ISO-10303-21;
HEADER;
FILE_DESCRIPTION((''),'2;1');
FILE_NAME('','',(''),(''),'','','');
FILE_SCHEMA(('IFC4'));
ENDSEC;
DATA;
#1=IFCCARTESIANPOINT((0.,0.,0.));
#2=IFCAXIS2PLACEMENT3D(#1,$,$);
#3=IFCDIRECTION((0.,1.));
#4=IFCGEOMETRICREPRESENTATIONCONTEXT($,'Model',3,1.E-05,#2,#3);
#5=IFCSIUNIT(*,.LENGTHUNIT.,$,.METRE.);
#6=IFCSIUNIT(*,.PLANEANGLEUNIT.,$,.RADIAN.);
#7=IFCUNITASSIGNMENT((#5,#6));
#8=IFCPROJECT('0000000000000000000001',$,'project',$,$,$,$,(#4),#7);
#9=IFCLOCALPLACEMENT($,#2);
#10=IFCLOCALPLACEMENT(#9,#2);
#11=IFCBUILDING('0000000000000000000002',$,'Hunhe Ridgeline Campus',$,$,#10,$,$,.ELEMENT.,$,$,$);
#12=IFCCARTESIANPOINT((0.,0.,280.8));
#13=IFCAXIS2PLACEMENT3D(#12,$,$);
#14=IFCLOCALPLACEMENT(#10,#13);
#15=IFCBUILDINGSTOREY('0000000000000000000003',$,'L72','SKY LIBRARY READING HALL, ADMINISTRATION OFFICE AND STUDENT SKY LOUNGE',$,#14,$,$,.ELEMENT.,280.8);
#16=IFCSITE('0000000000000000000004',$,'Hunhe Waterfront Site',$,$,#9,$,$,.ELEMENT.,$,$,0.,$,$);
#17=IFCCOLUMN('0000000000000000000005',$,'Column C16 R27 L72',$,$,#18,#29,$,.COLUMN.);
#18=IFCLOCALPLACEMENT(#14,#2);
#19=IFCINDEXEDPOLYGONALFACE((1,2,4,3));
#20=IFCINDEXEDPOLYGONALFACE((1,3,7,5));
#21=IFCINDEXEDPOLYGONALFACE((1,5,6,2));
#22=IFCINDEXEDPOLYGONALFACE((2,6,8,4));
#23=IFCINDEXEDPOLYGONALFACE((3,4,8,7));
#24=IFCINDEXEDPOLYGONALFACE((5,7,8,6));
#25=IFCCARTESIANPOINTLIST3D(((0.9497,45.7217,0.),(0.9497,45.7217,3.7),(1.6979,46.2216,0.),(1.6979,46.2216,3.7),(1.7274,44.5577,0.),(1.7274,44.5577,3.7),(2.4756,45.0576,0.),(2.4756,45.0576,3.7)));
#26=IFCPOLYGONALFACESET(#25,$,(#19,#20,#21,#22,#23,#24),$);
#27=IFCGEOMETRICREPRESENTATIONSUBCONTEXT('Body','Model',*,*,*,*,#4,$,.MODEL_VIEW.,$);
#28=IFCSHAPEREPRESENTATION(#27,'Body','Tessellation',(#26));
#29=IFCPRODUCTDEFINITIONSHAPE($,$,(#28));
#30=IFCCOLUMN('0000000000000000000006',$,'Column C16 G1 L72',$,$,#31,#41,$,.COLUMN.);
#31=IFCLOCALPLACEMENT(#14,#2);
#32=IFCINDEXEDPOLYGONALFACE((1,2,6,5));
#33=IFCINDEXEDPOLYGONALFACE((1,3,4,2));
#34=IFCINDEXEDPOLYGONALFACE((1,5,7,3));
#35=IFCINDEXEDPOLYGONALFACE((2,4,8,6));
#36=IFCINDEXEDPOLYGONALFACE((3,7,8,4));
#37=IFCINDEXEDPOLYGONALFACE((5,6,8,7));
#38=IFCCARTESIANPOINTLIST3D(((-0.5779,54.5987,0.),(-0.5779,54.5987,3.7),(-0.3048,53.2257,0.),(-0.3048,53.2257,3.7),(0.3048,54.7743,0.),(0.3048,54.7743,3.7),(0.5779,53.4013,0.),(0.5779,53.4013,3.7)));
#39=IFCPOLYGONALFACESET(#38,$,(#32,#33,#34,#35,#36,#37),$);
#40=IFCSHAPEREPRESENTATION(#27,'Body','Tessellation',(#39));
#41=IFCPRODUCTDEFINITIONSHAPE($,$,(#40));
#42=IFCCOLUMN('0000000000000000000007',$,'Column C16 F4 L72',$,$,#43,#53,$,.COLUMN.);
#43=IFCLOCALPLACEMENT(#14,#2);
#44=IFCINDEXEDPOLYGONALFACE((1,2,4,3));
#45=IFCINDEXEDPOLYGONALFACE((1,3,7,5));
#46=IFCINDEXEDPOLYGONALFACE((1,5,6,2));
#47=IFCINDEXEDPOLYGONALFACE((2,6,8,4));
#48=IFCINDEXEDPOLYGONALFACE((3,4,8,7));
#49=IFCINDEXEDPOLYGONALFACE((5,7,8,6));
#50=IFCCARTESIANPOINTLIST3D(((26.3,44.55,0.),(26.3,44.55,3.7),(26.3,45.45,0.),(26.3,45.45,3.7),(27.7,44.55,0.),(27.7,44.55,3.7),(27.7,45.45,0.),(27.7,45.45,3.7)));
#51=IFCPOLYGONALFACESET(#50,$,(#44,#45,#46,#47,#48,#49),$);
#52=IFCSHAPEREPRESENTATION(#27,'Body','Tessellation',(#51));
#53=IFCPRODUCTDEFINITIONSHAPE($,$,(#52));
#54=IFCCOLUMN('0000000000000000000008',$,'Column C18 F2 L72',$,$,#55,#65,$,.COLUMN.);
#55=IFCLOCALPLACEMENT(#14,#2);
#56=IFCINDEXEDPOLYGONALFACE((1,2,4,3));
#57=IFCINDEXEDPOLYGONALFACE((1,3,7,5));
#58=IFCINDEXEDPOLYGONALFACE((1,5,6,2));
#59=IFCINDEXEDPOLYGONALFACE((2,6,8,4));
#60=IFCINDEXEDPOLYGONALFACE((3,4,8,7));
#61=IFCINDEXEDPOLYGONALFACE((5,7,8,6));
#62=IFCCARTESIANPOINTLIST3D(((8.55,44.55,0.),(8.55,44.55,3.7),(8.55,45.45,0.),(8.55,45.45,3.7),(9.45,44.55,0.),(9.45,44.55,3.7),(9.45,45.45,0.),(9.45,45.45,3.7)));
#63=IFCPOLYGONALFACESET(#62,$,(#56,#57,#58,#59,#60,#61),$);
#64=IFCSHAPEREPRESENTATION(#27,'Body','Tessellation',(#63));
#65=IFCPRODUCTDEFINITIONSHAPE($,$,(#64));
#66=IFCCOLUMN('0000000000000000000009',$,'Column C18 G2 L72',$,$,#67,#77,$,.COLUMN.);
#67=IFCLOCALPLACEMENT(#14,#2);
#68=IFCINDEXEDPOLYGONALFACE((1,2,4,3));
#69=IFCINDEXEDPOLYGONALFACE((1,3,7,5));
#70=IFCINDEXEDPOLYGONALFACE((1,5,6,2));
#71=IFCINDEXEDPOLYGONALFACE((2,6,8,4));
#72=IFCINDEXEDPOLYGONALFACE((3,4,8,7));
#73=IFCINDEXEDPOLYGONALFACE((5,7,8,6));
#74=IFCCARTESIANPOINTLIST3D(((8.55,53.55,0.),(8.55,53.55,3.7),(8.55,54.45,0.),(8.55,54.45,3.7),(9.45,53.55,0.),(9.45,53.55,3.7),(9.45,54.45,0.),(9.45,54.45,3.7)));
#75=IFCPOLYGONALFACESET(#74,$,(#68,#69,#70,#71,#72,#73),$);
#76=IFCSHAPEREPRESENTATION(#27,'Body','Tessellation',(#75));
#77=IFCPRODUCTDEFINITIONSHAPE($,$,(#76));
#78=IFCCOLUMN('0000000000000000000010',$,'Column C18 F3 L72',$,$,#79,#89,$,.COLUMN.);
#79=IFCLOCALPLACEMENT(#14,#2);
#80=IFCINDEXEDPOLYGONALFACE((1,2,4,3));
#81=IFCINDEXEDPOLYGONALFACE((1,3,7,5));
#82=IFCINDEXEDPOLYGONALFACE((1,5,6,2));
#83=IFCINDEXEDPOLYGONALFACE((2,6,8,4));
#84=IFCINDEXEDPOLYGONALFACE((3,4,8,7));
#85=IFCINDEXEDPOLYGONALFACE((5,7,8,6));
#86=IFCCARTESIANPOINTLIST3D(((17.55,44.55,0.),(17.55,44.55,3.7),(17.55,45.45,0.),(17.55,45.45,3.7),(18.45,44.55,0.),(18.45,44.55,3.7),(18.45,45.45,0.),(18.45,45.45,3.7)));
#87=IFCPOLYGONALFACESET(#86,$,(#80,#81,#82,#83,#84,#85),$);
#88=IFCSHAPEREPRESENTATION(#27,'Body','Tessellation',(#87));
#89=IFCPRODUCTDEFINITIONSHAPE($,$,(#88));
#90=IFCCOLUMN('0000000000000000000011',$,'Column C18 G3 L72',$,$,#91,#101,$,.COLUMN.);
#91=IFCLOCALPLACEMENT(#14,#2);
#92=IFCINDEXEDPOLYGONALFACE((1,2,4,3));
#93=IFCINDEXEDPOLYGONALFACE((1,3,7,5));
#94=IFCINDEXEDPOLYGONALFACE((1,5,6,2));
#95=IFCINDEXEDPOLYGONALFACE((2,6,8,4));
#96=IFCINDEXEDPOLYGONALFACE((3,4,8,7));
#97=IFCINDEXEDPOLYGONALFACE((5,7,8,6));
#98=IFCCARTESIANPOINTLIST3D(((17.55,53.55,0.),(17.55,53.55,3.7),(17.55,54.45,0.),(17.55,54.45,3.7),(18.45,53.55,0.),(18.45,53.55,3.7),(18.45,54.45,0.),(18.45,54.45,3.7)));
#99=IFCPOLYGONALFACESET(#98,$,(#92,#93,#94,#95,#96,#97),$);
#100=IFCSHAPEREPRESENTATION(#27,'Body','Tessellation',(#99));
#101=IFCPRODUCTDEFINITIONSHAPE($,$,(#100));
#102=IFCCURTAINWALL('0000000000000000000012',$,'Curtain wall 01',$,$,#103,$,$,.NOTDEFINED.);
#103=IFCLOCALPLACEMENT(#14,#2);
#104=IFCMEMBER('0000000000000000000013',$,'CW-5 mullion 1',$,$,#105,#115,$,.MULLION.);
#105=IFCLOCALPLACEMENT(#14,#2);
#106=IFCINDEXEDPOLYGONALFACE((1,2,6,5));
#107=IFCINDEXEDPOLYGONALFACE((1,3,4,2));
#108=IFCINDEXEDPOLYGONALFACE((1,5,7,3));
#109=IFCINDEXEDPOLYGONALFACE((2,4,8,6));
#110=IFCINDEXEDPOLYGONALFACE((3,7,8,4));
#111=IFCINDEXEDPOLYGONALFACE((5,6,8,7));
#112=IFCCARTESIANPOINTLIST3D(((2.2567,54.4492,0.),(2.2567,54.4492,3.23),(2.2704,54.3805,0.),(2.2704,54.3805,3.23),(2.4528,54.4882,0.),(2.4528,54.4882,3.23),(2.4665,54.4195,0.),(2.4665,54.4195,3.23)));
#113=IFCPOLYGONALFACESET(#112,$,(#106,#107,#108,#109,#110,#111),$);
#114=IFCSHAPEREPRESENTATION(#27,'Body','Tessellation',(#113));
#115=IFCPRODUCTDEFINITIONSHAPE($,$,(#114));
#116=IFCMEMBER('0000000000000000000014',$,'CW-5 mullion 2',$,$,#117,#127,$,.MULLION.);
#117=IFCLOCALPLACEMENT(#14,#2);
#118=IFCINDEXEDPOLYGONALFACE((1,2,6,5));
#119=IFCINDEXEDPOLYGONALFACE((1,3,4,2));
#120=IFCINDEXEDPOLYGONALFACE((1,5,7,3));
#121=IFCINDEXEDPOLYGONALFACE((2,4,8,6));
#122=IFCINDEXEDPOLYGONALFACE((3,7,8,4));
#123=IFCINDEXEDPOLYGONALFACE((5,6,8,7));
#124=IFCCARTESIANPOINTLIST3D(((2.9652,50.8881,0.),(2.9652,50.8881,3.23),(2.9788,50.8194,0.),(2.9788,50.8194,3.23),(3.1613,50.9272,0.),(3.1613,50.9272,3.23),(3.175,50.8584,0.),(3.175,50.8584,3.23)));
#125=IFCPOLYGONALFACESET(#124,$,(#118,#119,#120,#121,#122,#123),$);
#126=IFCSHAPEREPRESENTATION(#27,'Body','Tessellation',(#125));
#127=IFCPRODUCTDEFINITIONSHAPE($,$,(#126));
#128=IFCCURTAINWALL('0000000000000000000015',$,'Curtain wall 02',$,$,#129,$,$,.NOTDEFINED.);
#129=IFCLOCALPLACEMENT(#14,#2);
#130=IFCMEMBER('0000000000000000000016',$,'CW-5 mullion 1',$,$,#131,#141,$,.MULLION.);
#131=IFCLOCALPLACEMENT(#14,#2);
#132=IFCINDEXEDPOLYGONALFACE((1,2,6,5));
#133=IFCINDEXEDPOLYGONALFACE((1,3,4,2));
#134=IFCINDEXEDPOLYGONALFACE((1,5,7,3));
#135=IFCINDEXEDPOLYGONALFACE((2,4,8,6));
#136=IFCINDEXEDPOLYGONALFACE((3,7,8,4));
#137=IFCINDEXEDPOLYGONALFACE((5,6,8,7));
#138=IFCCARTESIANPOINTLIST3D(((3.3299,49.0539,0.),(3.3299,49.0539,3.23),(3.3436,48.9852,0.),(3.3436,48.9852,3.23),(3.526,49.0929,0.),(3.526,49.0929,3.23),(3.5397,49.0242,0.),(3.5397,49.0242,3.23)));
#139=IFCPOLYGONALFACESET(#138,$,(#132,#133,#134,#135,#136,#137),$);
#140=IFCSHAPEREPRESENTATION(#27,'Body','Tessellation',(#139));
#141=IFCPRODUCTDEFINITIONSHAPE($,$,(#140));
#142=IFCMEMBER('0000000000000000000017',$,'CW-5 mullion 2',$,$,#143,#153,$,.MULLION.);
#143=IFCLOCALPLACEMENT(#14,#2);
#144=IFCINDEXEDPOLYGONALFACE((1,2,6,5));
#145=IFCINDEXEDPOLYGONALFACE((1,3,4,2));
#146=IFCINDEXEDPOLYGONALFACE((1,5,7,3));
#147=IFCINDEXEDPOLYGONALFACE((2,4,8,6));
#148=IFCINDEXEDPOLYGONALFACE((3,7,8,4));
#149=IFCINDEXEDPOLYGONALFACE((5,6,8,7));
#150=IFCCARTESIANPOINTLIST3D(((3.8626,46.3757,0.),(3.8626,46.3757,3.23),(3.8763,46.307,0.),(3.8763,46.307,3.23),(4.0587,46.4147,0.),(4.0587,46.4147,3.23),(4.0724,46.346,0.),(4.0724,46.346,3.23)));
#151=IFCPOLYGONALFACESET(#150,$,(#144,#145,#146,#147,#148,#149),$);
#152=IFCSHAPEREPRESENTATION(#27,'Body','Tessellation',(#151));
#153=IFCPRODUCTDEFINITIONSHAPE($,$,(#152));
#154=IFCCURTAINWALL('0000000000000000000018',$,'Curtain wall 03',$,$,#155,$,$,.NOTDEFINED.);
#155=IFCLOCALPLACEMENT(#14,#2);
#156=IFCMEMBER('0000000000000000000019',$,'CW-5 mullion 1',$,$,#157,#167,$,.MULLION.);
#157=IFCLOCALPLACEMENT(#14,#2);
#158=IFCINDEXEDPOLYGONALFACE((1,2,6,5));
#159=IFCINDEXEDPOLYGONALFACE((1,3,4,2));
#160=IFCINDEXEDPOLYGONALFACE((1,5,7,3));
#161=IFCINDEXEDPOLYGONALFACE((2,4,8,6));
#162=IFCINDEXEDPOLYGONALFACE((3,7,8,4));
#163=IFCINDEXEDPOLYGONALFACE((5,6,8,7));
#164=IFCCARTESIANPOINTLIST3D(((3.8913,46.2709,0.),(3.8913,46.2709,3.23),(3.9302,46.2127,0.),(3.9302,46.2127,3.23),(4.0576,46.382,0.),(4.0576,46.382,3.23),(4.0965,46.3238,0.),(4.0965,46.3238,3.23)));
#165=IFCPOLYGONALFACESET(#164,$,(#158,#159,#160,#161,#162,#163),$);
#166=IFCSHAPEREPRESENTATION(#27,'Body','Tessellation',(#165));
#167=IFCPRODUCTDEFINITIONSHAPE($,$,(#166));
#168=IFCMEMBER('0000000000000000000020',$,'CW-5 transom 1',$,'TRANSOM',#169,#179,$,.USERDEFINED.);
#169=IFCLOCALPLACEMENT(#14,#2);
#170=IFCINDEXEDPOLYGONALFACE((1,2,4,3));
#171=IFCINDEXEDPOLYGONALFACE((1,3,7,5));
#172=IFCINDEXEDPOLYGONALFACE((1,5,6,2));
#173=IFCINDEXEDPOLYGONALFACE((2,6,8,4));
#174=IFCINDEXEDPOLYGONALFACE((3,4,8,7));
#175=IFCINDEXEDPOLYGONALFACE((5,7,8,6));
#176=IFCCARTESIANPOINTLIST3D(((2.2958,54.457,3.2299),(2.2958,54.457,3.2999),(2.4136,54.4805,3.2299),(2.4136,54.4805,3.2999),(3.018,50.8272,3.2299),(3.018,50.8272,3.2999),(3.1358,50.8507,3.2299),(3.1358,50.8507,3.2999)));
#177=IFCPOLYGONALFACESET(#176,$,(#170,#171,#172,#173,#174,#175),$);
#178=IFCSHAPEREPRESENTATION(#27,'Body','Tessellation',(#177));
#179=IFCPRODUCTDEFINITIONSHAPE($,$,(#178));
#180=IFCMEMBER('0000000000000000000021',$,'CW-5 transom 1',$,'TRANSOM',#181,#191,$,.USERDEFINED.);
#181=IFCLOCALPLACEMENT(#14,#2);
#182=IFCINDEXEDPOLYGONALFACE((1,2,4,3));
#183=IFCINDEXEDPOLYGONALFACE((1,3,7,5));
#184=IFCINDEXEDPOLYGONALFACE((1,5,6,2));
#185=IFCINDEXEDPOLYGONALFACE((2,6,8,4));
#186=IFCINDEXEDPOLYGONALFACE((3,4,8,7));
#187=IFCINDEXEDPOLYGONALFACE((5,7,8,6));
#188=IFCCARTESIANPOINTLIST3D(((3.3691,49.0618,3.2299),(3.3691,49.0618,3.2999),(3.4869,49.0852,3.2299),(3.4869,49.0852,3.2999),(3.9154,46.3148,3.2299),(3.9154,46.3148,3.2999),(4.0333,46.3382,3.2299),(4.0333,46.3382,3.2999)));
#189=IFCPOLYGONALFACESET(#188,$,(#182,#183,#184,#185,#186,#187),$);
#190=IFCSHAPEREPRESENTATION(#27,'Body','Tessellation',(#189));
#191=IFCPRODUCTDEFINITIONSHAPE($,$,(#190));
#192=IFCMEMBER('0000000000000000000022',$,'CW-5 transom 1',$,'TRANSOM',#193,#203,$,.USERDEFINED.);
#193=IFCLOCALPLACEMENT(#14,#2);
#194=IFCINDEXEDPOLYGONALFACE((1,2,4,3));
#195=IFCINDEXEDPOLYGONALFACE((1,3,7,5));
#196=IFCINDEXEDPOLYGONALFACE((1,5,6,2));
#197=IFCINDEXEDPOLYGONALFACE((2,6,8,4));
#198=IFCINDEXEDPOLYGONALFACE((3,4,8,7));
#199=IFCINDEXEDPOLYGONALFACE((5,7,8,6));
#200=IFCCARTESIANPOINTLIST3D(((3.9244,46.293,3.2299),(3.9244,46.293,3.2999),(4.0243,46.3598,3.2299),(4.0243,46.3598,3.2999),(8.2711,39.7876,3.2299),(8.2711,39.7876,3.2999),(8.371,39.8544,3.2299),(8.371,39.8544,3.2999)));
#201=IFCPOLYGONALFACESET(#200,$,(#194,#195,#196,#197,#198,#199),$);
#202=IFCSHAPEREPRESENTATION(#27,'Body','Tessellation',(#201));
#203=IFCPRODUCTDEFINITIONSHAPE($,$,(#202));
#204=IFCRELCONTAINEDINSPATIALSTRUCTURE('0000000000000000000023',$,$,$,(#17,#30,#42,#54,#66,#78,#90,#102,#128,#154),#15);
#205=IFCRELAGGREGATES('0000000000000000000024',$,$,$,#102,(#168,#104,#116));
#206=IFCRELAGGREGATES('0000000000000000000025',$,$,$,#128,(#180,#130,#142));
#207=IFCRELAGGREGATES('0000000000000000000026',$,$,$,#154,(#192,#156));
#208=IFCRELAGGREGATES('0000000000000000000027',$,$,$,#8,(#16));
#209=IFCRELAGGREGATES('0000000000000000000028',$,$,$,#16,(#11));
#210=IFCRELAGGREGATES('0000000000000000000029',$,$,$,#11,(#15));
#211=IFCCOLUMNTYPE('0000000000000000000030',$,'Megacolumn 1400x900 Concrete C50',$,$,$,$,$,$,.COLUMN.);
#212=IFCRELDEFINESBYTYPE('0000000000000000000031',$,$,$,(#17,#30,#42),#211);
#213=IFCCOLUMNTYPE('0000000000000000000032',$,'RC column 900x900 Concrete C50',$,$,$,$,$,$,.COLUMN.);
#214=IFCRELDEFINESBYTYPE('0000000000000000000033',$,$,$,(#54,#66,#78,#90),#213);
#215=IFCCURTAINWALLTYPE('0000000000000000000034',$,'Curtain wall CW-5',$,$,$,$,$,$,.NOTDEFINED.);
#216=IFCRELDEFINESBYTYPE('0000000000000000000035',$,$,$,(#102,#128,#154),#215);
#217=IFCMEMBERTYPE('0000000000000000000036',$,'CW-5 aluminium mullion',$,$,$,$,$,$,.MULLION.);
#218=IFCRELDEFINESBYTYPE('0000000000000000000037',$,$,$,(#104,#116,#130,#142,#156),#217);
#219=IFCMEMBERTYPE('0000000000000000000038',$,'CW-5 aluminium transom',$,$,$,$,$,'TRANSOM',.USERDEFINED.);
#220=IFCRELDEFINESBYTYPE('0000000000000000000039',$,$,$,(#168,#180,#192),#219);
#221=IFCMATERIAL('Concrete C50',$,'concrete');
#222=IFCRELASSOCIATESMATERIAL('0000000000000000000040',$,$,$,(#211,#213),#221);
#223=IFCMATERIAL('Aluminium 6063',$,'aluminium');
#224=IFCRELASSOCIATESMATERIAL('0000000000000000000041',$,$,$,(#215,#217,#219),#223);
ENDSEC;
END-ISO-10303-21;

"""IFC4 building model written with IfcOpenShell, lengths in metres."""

from ifc_helpers import new_model, si_unit, direction, frame, origin, origin_2d, place, context, subcontext, project, spatial, rectangle, extrude, material, material_profile, profile_set, type_object, element, aggregate, save


model = new_model("IFC4")

# Units and contexts
model_context = context("Model", 3, precision=1e-05, world=origin(), true_north=direction((0.0, 1.0)))
body_context = subcontext(model_context, "Body", "Model", "MODEL_VIEW")
ifc_project = project(units=[si_unit("LENGTHUNIT", "METRE"), si_unit("PLANEANGLEUNIT", "RADIAN")], contexts=[model_context])

# Site, building, storey
site_placement = place(None, origin())
site = spatial("IfcSite", under=ifc_project, at=site_placement, Name="Hunhe Waterfront Site", CompositionType="ELEMENT", RefElevation=0.0)
building_placement = place(site_placement, origin())
building = spatial("IfcBuilding", under=site, at=building_placement, Name="Hunhe Ridgeline Campus", CompositionType="ELEMENT")
storey_placement = place(building_placement, frame((0.0, 0.0, 280.8)))
storey = spatial("IfcBuildingStorey", under=building, at=storey_placement, Name="L72", Description="SKY LIBRARY READING HALL, ADMINISTRATION OFFICE AND STUDENT SKY LOUNGE", CompositionType="ELEMENT", Elevation=280.8)

# Columns
ifc_material_1 = material(Name="Concrete C50", Category="concrete")
ifc_material_profile_1 = material_profile(ifc_material_1, rectangle(XDim=1.3999, YDim=0.8999, at=origin_2d()))
ifc_profile_set_1 = profile_set([ifc_material_profile_1], Name="Concrete C50")
column_type_1 = type_object("IfcColumnType", Name="Megacolumn 1400x900 Concrete C50", PredefinedType="COLUMN", material=ifc_profile_set_1)
for number, where, z_axis, x_axis, name in (
    (1, (1.7126, 45.3896, 0.0), (0.0, 0.0, 1.0), (-0.55557, 0.83147, 0.0), "Column C16 R27 L72"),
    (2, (0.0, 54.0, 0.0), (0.0, 0.0, 1.0), (-0.19509, 0.980785, 0.0), "Column C16 G1 L72"),
    (3, (27.0, 45.0, 0.0), (0.0, 0.0, 1.0), (1.0, 0.0, 0.0), "Column C16 F4 L72"),
):
    element("IfcColumn", number, at=place(storey_placement, frame(where, z_axis=z_axis, x_axis=x_axis)), inside=storey, type_object=column_type_1, Name=name, PredefinedType="COLUMN", context=body_context, shape_type="SweptSolid", body=[
        extrude(rectangle(XDim=1.3999, YDim=0.8999, at=origin_2d()), origin(), (0.0, 0.0, 1.0), 3.7),
    ])
ifc_material_profile_2 = material_profile(ifc_material_1, rectangle(XDim=0.8999, YDim=0.8999, at=origin_2d()))
ifc_profile_set_2 = profile_set([ifc_material_profile_2], Name="Concrete C50")
column_type_2 = type_object("IfcColumnType", Name="RC column 900x900 Concrete C50", PredefinedType="COLUMN", material=ifc_profile_set_2)
for number, where, z_axis, x_axis, name in (
    (4, (9.0, 45.0, 0.0), (0.0, 0.0, 1.0), (1.0, 0.0, 0.0), "Column C18 F2 L72"),
    (5, (9.0, 54.0, 0.0), (0.0, 0.0, 1.0), (1.0, 0.0, 0.0), "Column C18 G2 L72"),
    (6, (18.0, 45.0, 0.0), (0.0, 0.0, 1.0), (1.0, 0.0, 0.0), "Column C18 F3 L72"),
    (7, (18.0, 54.0, 0.0), (0.0, 0.0, 1.0), (1.0, 0.0, 0.0), "Column C18 G3 L72"),
):
    element("IfcColumn", number, at=place(storey_placement, frame(where, z_axis=z_axis, x_axis=x_axis)), inside=storey, type_object=column_type_2, Name=name, PredefinedType="COLUMN", context=body_context, shape_type="SweptSolid", body=[
        extrude(rectangle(XDim=0.8999, YDim=0.8999, at=origin_2d()), origin(), (0.0, 0.0, 1.0), 3.7),
    ])

# Curtain walls, members
ifc_material_2 = material(Name="Aluminium 6063", Category="aluminium")
curtain_wall_type = type_object("IfcCurtainWallType", Name="Curtain wall CW-5", PredefinedType="NOTDEFINED", material=ifc_material_2)
curtain_wall_1_placement = place(storey_placement, origin())
curtain_wall_1 = element("IfcCurtainWall", 8, at=curtain_wall_1_placement, inside=storey, type_object=curtain_wall_type, Name="Curtain wall 01", PredefinedType="NOTDEFINED")
ifc_material_profile_3 = material_profile(ifc_material_2, rectangle(XDim=0.2, YDim=0.0701, at=origin_2d()))
ifc_profile_set_3 = profile_set([ifc_material_profile_3], Name="Aluminium 6063")
member_type_1 = type_object("IfcMemberType", Name="CW-5 aluminium mullion", PredefinedType="MULLION", material=ifc_profile_set_3)
member_1_placement = place(storey_placement, frame((2.3616, 54.4343, 0.0), z_axis=(0.0, 0.0, 1.0), x_axis=(0.980784, 0.195095, 0.0)))
member_1 = element("IfcMember", 9, at=member_1_placement, type_object=member_type_1, Name="CW-5 mullion 1", PredefinedType="MULLION", context=body_context, shape_type="SweptSolid", body=[
    extrude(rectangle(XDim=0.2, YDim=0.0701, at=origin_2d()), origin(), (0.0, 0.0, 1.0), 3.23),
])
member_2_placement = place(storey_placement, frame((3.0701, 50.8733, 0.0), z_axis=(0.0, 0.0, 1.0), x_axis=(0.980784, 0.195095, 0.0)))
member_2 = element("IfcMember", 10, at=member_2_placement, type_object=member_type_1, Name="CW-5 mullion 2", PredefinedType="MULLION", context=body_context, shape_type="SweptSolid", body=[
    extrude(rectangle(XDim=0.2, YDim=0.0701, at=origin_2d()), origin(), (0.0, 0.0, 1.0), 3.23),
])
curtain_wall_2_placement = place(storey_placement, origin())
curtain_wall_2 = element("IfcCurtainWall", 11, at=curtain_wall_2_placement, inside=storey, type_object=curtain_wall_type, Name="Curtain wall 02", PredefinedType="NOTDEFINED")
member_3_placement = place(storey_placement, frame((3.4348, 49.0391, 0.0), z_axis=(0.0, 0.0, 1.0), x_axis=(0.980784, 0.195095, 0.0)))
member_3 = element("IfcMember", 12, at=member_3_placement, type_object=member_type_1, Name="CW-5 mullion 1", PredefinedType="MULLION", context=body_context, shape_type="SweptSolid", body=[
    extrude(rectangle(XDim=0.2, YDim=0.0701, at=origin_2d()), origin(), (0.0, 0.0, 1.0), 3.23),
])
member_4_placement = place(storey_placement, frame((3.9675, 46.3608, 0.0), z_axis=(0.0, 0.0, 1.0), x_axis=(0.980784, 0.195095, 0.0)))
member_4 = element("IfcMember", 13, at=member_4_placement, type_object=member_type_1, Name="CW-5 mullion 2", PredefinedType="MULLION", context=body_context, shape_type="SweptSolid", body=[
    extrude(rectangle(XDim=0.2, YDim=0.0701, at=origin_2d()), origin(), (0.0, 0.0, 1.0), 3.23),
])

# Curtain wall, member
curtain_wall_3_placement = place(storey_placement, origin())
curtain_wall_3 = element("IfcCurtainWall", 14, at=curtain_wall_3_placement, inside=storey, type_object=curtain_wall_type, Name="Curtain wall 03", PredefinedType="NOTDEFINED")
member_5_placement = place(storey_placement, frame((3.9939, 46.2974, 0.0), z_axis=(0.0, 0.0, 1.0), x_axis=(0.83147, 0.55557, 0.0)))
member_5 = element("IfcMember", 15, at=member_5_placement, type_object=member_type_1, Name="CW-5 mullion 1", PredefinedType="MULLION", context=body_context, shape_type="SweptSolid", body=[
    extrude(rectangle(XDim=0.2, YDim=0.0701, at=origin_2d()), origin(), (0.0, 0.0, 1.0), 3.23),
])

# Members
ifc_material_profile_4 = material_profile(ifc_material_2, rectangle(XDim=0.1201, YDim=0.0701, at=origin_2d()))
ifc_profile_set_4 = profile_set([ifc_material_profile_4], Name="Aluminium 6063")
member_type_2 = type_object("IfcMemberType", Name="CW-5 aluminium transom", ElementType="TRANSOM", PredefinedType="USERDEFINED", material=ifc_profile_set_4)
member_6_placement = place(storey_placement, frame((2.3547, 54.4688, 3.2649), z_axis=(0.195127, -0.980778, 0.0), x_axis=(0.980778, 0.195127, 0.0)))
member_6 = element("IfcMember", 16, at=member_6_placement, type_object=member_type_2, Name="CW-5 transom 1", ObjectType="TRANSOM", PredefinedType="USERDEFINED", context=body_context, shape_type="SweptSolid", body=[
    extrude(rectangle(XDim=0.1201, YDim=0.0701, at=origin_2d()), origin(), (0.0, 0.0, 1.0), 3.7009),
])
member_7_placement = place(storey_placement, frame((3.428, 49.0735, 3.2649), z_axis=(0.195077, -0.980788, 0.0), x_axis=(0.980788, 0.195077, 0.0)))
member_7 = element("IfcMember", 17, at=member_7_placement, type_object=member_type_2, Name="CW-5 transom 1", ObjectType="TRANSOM", PredefinedType="USERDEFINED", context=body_context, shape_type="SweptSolid", body=[
    extrude(rectangle(XDim=0.1201, YDim=0.0701, at=origin_2d()), origin(), (0.0, 0.0, 1.0), 2.8008),
])
member_8_placement = place(storey_placement, frame((3.9744, 46.3264, 3.2649), z_axis=(0.555564, -0.831474, 0.0), x_axis=(0.831474, 0.555564, 0.0)))
member_8 = element("IfcMember", 18, at=member_8_placement, type_object=member_type_2, Name="CW-5 transom 1", ObjectType="TRANSOM", PredefinedType="USERDEFINED", context=body_context, shape_type="SweptSolid", body=[
    extrude(rectangle(XDim=0.1201, YDim=0.0701, at=origin_2d()), origin(), (0.0, 0.0, 1.0), 7.824),
])

aggregate(curtain_wall_1, [member_6, member_1, member_2])
aggregate(curtain_wall_2, [member_7, member_3, member_4])
aggregate(curtain_wall_3, [member_8, member_5])

save(model, "model.ifc")
